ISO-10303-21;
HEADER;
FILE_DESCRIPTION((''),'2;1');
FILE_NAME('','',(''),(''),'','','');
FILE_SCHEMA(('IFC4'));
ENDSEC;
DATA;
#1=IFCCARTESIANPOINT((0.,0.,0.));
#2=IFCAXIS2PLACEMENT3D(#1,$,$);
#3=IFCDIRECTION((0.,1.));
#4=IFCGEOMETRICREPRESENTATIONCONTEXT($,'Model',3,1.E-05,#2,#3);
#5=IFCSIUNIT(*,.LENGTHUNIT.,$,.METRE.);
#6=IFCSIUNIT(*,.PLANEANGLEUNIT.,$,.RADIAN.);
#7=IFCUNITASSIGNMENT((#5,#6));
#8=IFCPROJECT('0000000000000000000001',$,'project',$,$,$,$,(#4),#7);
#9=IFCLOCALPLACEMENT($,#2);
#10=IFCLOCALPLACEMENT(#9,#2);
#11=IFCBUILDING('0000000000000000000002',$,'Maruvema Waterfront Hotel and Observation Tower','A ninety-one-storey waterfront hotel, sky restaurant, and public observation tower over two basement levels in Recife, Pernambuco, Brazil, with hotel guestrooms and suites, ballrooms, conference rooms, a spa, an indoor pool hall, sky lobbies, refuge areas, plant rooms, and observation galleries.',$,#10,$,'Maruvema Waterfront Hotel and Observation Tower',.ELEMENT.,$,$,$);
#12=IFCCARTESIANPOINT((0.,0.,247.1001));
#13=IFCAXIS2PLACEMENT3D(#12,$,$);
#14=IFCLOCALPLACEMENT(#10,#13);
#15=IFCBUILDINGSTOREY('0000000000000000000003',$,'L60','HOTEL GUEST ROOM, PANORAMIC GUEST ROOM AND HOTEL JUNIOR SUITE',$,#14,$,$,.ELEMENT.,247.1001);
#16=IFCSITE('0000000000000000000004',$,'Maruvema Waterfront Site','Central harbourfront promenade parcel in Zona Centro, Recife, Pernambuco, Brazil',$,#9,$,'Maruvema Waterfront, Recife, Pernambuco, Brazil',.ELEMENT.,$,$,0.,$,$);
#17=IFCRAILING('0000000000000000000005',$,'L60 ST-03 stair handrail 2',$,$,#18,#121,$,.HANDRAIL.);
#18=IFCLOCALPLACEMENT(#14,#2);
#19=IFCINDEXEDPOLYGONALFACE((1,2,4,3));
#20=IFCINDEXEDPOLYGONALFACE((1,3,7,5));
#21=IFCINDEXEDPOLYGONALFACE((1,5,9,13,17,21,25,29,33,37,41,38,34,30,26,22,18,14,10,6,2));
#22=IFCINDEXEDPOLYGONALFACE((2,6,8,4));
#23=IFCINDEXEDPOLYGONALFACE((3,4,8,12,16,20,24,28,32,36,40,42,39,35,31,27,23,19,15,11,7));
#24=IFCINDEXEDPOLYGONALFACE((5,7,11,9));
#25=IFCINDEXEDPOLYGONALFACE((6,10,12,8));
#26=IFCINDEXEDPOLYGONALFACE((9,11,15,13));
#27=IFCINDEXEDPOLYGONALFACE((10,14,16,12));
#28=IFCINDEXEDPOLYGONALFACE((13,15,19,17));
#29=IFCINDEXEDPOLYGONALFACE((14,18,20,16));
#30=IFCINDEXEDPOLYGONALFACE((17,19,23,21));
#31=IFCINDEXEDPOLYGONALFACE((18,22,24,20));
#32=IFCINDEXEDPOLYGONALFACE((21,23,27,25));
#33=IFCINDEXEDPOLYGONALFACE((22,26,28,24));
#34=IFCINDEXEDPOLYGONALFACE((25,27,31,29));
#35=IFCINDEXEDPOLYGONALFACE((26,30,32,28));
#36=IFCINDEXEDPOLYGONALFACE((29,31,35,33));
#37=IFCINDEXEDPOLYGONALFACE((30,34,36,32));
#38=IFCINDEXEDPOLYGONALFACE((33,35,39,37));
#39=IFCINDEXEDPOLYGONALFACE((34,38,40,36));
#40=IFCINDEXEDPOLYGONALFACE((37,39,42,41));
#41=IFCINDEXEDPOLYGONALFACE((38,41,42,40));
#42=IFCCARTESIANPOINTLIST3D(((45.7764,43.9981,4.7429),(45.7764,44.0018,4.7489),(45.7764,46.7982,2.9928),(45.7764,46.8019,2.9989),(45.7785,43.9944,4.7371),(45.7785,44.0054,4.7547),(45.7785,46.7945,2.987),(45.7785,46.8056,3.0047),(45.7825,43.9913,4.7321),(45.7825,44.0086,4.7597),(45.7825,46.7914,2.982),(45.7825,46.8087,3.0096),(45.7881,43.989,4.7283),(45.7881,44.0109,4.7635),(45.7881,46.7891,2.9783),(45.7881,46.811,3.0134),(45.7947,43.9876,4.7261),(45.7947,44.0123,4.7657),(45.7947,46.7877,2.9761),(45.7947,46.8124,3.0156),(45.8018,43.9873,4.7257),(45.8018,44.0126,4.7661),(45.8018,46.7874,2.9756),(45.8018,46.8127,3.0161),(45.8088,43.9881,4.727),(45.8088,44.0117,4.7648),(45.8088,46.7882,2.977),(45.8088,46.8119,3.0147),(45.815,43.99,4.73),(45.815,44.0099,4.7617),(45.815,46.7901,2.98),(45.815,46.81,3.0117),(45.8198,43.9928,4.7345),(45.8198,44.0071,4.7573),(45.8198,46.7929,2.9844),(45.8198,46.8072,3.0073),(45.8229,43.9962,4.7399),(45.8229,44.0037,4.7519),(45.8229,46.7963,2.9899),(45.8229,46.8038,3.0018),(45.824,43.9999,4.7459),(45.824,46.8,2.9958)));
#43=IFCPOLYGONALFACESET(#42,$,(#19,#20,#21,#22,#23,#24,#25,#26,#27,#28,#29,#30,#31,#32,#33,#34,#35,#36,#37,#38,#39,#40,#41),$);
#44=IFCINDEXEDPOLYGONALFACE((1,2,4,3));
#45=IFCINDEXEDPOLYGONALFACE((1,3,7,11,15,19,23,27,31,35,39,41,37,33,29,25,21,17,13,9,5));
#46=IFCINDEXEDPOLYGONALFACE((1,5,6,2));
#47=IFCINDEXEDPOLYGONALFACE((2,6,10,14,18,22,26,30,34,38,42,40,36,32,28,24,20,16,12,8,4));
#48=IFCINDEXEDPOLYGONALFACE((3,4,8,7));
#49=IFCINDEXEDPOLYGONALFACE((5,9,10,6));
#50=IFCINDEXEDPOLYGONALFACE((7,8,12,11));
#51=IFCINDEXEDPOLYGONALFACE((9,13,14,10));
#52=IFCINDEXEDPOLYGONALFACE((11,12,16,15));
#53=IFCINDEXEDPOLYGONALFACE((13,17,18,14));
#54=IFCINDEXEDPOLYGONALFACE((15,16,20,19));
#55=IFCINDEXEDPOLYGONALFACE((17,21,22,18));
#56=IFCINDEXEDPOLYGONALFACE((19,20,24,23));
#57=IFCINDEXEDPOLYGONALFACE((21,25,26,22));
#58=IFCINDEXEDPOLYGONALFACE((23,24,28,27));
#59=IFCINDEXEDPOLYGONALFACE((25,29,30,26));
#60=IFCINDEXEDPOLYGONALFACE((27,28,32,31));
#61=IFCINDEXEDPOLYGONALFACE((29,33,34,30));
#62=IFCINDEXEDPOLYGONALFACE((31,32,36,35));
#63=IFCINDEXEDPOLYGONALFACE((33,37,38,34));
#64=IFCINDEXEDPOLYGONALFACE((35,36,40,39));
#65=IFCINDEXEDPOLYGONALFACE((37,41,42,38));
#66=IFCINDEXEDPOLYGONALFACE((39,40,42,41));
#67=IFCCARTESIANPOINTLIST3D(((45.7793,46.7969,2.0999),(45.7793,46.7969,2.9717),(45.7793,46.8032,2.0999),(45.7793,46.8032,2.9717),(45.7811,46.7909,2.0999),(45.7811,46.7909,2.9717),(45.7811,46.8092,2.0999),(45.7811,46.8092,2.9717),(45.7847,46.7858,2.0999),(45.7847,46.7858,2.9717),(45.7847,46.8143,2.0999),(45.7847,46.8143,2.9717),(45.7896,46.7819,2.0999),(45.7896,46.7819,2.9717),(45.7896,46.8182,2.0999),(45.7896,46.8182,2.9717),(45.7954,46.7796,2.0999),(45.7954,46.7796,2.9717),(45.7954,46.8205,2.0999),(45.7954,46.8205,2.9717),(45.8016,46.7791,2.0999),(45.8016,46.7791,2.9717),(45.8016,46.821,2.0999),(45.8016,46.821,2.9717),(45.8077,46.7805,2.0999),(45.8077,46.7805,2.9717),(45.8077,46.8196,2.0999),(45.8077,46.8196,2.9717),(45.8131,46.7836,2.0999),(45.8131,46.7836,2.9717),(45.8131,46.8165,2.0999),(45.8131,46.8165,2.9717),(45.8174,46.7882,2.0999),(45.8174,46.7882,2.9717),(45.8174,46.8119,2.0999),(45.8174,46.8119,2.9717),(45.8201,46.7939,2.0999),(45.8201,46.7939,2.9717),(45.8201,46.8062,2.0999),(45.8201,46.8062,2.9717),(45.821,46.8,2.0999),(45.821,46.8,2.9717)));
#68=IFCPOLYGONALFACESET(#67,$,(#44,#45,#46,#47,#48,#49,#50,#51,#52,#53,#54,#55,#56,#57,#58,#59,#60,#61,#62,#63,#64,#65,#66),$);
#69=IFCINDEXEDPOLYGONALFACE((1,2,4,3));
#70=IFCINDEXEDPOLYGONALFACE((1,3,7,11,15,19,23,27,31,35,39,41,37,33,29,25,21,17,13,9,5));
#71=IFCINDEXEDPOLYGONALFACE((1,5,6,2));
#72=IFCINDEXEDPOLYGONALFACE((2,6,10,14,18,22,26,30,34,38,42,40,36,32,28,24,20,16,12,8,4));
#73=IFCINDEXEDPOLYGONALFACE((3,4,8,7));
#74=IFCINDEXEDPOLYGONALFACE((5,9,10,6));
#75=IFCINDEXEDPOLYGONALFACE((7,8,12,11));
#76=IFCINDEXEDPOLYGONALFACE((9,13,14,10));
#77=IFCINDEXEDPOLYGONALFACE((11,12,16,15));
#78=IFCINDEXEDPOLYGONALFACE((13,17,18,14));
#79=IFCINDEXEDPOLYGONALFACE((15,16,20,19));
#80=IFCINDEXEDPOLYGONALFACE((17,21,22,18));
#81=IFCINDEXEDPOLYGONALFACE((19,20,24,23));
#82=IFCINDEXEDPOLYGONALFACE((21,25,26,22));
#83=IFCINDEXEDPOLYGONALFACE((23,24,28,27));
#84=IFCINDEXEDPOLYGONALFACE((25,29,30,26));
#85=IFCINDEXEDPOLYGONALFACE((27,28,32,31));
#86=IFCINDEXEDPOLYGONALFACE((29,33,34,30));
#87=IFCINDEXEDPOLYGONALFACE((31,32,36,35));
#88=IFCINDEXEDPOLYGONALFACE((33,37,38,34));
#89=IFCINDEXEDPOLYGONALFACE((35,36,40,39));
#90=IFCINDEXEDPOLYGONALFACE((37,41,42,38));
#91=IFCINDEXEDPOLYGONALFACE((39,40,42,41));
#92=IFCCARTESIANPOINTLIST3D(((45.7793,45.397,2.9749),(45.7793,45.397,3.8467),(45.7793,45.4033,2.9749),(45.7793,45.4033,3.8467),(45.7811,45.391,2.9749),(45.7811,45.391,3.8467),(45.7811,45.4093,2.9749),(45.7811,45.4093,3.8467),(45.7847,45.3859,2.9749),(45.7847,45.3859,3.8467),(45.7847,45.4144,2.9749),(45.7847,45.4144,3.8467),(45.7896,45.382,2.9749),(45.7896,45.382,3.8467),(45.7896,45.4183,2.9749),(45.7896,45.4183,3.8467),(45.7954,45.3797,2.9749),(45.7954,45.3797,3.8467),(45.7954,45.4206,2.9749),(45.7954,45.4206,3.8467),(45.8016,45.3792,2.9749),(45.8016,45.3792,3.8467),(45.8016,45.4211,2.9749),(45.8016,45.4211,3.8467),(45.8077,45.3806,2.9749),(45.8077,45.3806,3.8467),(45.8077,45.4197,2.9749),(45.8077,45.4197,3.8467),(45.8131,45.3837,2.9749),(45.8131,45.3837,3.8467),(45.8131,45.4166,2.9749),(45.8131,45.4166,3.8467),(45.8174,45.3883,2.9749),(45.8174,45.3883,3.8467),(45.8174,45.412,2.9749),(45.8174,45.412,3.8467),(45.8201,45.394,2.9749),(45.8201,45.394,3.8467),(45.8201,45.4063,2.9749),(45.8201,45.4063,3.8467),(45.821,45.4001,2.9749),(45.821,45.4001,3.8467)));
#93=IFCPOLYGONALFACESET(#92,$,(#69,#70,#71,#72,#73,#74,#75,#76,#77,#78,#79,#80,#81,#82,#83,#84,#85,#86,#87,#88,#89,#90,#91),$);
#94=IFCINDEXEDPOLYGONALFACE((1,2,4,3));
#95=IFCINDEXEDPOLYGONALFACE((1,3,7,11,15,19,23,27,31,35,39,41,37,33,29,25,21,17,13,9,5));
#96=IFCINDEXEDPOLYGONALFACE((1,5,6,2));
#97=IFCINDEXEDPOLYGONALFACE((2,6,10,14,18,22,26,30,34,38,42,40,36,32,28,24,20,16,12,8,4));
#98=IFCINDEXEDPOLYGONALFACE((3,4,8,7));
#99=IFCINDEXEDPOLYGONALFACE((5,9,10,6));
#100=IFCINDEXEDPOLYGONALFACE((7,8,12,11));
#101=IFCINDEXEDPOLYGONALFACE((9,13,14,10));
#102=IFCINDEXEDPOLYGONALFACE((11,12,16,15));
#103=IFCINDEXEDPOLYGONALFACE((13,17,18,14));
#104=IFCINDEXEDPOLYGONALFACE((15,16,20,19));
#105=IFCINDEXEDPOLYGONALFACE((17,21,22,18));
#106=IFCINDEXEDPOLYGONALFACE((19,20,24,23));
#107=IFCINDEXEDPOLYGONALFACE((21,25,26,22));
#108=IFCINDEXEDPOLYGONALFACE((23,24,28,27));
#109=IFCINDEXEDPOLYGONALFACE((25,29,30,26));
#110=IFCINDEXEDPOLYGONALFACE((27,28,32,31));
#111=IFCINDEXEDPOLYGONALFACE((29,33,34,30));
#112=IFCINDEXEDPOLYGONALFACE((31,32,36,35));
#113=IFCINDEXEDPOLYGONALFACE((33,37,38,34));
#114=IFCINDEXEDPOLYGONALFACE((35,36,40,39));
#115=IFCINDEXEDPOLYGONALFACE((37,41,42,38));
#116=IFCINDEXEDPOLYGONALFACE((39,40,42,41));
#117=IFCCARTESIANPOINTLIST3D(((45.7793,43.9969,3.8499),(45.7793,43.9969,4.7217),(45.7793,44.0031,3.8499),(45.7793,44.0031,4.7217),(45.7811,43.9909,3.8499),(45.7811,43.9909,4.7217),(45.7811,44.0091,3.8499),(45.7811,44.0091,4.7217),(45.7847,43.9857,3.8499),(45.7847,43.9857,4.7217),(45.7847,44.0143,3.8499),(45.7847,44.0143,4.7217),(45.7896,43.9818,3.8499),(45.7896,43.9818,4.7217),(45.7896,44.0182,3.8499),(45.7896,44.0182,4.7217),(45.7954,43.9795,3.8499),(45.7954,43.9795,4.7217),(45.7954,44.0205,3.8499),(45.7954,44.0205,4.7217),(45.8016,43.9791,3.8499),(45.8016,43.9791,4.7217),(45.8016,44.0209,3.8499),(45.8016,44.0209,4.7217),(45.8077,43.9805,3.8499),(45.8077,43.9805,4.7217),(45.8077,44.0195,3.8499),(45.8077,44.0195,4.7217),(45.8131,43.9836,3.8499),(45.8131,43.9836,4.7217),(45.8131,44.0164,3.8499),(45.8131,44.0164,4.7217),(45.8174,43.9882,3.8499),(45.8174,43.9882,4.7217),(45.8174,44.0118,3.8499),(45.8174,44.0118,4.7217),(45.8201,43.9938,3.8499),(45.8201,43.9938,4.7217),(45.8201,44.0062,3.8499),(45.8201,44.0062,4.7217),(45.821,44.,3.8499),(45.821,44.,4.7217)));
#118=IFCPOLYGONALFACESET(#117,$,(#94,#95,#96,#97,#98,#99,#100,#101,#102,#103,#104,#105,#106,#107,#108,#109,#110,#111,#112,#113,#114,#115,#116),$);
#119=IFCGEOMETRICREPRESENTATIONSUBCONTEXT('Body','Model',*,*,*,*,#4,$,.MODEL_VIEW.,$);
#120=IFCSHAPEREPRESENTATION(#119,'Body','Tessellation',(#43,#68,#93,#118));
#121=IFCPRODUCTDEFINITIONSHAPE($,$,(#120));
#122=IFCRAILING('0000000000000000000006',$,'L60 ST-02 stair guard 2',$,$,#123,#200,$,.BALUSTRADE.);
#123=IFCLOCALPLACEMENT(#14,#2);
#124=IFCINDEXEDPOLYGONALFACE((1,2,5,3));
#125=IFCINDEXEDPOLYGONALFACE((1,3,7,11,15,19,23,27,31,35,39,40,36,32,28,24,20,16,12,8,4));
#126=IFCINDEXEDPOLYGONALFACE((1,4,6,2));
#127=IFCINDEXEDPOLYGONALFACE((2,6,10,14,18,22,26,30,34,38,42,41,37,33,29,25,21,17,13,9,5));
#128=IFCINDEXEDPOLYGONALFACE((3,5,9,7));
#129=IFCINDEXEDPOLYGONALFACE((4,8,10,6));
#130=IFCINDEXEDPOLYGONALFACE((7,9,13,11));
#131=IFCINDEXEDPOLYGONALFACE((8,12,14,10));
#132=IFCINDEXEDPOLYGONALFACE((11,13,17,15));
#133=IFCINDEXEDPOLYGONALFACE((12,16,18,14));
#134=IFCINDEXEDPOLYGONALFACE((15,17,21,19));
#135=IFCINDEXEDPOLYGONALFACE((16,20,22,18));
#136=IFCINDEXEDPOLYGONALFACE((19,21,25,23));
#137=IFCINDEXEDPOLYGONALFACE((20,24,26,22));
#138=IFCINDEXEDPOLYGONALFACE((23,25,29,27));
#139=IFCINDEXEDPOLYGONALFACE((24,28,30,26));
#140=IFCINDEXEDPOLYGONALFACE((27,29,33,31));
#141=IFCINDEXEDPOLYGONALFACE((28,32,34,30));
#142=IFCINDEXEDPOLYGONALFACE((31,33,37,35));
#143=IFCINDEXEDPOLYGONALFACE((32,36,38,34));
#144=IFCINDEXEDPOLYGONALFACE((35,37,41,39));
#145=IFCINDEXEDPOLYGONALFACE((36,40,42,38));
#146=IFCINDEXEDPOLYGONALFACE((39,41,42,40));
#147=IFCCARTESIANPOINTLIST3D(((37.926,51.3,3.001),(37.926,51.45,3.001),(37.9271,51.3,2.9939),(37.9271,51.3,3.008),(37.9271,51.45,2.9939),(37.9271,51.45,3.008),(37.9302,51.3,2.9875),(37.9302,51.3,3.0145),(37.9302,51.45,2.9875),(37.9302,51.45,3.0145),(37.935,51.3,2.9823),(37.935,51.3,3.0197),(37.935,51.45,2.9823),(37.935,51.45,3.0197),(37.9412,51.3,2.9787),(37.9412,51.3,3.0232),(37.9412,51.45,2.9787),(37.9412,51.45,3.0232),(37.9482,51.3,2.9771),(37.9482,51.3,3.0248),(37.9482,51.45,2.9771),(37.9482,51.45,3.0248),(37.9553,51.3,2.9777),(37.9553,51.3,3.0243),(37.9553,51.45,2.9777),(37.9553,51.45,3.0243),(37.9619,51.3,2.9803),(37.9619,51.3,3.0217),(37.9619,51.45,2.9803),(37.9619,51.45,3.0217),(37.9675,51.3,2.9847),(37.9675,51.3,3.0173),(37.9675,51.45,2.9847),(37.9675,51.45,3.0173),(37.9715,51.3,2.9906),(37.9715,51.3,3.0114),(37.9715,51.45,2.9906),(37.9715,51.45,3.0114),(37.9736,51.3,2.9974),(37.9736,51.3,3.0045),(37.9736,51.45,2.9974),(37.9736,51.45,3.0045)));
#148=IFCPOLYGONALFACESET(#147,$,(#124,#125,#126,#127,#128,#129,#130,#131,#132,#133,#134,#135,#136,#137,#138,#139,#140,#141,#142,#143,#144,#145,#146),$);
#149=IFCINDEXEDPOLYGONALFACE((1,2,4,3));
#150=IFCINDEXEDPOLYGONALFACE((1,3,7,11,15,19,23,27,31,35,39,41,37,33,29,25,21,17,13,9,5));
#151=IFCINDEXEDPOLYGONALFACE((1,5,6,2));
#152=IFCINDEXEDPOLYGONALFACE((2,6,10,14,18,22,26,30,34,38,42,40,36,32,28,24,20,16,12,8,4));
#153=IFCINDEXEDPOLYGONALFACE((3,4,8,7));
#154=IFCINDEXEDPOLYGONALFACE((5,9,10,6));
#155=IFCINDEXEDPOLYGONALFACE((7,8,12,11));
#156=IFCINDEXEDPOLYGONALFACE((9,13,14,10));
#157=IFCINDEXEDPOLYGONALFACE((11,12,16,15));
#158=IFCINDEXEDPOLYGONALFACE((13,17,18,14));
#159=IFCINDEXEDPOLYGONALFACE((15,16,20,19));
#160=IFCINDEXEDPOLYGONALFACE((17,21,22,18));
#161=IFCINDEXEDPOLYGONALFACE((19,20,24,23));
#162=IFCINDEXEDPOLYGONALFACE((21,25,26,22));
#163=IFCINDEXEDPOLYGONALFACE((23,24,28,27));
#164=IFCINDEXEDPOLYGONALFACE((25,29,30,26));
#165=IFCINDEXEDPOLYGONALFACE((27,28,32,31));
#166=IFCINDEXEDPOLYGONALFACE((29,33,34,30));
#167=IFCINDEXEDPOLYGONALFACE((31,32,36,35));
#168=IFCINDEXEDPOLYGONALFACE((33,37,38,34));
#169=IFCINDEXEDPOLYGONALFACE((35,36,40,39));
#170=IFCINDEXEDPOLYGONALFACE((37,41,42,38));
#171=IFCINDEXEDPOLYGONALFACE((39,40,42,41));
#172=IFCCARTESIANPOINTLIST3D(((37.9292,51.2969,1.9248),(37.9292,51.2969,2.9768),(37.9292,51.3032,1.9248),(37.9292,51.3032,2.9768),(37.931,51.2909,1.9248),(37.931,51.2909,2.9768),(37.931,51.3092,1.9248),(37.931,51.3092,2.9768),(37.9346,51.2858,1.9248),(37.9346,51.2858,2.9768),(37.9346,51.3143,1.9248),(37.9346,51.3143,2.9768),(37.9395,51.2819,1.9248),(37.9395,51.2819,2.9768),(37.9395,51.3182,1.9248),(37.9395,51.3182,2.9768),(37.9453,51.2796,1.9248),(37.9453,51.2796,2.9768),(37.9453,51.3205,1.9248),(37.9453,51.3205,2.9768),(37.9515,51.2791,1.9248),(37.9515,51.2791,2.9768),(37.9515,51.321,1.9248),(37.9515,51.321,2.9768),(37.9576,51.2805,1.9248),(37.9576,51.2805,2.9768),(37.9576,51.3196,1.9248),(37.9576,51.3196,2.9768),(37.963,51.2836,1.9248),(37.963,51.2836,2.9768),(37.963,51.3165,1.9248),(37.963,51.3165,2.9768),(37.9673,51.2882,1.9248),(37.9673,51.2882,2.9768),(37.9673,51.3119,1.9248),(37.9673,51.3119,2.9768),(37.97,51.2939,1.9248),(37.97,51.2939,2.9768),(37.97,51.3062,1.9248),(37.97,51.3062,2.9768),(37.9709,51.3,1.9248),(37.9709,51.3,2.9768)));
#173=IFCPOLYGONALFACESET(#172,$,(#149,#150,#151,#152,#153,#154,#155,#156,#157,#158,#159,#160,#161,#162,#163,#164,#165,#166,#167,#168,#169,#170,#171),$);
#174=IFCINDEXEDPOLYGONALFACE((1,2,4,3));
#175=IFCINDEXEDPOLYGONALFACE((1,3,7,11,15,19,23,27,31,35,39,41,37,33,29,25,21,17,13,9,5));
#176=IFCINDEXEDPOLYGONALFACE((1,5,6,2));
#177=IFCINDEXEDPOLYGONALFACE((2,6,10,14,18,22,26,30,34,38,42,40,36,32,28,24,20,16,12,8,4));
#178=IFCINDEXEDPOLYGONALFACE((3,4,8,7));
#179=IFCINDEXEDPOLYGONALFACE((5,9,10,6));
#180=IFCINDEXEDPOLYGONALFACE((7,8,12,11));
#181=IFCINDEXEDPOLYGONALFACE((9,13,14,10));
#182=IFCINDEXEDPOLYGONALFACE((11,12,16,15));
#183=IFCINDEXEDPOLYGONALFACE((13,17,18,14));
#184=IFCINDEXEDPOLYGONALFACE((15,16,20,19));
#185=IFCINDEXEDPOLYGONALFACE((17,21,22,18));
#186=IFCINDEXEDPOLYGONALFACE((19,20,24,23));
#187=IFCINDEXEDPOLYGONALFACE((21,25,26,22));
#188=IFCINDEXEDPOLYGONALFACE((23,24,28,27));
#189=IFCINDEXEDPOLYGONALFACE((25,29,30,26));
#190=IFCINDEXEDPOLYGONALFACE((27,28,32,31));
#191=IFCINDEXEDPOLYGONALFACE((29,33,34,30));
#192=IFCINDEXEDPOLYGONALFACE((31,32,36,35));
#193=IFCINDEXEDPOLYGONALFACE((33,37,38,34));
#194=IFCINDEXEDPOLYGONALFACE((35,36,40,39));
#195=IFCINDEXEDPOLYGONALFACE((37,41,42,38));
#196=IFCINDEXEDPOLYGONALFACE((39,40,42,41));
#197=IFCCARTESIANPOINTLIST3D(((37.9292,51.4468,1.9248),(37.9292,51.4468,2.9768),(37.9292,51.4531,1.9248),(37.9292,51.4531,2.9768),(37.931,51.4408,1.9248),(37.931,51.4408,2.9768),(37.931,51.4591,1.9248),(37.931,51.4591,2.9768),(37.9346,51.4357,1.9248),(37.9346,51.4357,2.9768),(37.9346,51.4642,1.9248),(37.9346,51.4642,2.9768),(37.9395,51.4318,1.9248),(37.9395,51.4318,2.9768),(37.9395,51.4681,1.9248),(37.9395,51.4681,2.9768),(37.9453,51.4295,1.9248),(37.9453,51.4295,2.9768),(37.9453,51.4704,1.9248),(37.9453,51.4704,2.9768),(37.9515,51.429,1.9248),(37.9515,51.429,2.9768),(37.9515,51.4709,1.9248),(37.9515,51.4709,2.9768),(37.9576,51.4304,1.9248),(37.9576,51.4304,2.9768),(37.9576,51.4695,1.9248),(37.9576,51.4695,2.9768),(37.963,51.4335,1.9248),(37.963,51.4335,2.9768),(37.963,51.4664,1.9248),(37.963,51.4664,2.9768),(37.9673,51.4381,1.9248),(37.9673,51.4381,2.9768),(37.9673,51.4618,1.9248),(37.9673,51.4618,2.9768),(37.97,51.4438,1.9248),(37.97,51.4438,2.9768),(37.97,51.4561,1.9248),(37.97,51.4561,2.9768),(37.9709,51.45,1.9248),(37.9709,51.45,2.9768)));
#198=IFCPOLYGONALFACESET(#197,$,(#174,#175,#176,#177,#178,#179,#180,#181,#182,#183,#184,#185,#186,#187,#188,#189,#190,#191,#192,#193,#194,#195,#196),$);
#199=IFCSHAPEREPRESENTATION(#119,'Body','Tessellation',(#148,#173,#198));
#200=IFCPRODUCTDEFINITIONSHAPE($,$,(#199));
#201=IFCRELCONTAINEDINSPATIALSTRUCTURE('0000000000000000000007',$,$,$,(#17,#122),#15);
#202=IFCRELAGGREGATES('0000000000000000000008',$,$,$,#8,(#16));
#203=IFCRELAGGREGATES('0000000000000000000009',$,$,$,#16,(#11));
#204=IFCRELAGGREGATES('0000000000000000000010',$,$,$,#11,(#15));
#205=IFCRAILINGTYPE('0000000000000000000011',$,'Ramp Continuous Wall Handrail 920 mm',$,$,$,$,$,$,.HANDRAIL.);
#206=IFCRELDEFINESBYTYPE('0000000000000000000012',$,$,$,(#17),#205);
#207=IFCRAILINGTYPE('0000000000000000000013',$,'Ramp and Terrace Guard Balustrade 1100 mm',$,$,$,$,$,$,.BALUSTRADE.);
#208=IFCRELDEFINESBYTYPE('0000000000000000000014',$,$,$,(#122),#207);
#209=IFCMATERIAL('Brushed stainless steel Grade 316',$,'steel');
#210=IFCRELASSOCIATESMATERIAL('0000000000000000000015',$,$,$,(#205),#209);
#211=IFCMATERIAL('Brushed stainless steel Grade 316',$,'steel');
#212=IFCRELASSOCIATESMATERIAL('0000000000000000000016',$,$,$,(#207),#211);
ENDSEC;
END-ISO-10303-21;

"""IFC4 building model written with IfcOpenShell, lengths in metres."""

from ifc_helpers import new_model, si_unit, direction, frame, origin, origin_2d, place, context, subcontext, project, spatial, circle, extrude, material, type_object, element, save


model = new_model("IFC4")

# Units and contexts
model_context = context("Model", 3, precision=1e-05, world=origin(), true_north=direction((0.0, 1.0)))
body_context = subcontext(model_context, "Body", "Model", "MODEL_VIEW")
ifc_project = project(units=[si_unit("LENGTHUNIT", "METRE"), si_unit("PLANEANGLEUNIT", "RADIAN")], contexts=[model_context])

# Site, building, storey
site_placement = place(None, origin())
site = spatial("IfcSite", under=ifc_project, at=site_placement, Name="Maruvema Waterfront Site", Description="Central harbourfront promenade parcel in Zona Centro, Recife, Pernambuco, Brazil", LongName="Maruvema Waterfront, Recife, Pernambuco, Brazil", CompositionType="ELEMENT", RefElevation=0.0)
building_placement = place(site_placement, origin())
building = spatial("IfcBuilding", under=site, at=building_placement, Name="Maruvema Waterfront Hotel and Observation Tower", Description="A ninety-one-storey waterfront hotel, sky restaurant, and public observation tower over two basement levels in Recife, Pernambuco, Brazil, with hotel guestrooms and suites, ballrooms, conference rooms, a spa, an indoor pool hall, sky lobbies, refuge areas, plant rooms, and observation galleries.", LongName="Maruvema Waterfront Hotel and Observation Tower", CompositionType="ELEMENT")
storey_placement = place(building_placement, frame((0.0, 0.0, 247.1001)))
storey = spatial("IfcBuildingStorey", under=building, at=storey_placement, Name="L60", Description="HOTEL GUEST ROOM, PANORAMIC GUEST ROOM AND HOTEL JUNIOR SUITE", CompositionType="ELEMENT", Elevation=247.1001)

# Railings
ifc_material_1 = material(Name="Brushed stainless steel Grade 316", Category="steel")
railing_type_1 = type_object("IfcRailingType", Name="Ramp Continuous Wall Handrail 920 mm", PredefinedType="HANDRAIL", material=ifc_material_1)
railing_1_placement = place(storey_placement, frame((45.8, 46.8, 2.0999)))
element("IfcRailing", 1, at=railing_1_placement, inside=storey, type_object=railing_type_1, Name="L60 ST-03 stair handrail 2", PredefinedType="HANDRAIL", context=body_context, shape_type="SweptSolid", body=[
    extrude(circle(Radius=0.0239, at=origin_2d()), frame((0.0, 0.0, 0.896), z_axis=(0.0, -0.848002, 0.529992), x_axis=(1.0, 0.0, 0.0)), (0.0, 0.0, 1.0), 3.302),
    extrude(circle(Radius=0.021, at=origin_2d()), origin(), (0.0, 0.0, 1.0), 0.8718),
    extrude(circle(Radius=0.021, at=origin_2d()), frame((0.0, -1.3999, 0.875)), (0.0, 0.0, 1.0), 0.8718),
    extrude(circle(Radius=0.021, at=origin_2d()), frame((0.0, -2.8, 1.75)), (0.0, 0.0, 1.0), 0.8718),
])
ifc_material_2 = material(Name="Brushed stainless steel Grade 316", Category="steel")
railing_type_2 = type_object("IfcRailingType", Name="Ramp and Terrace Guard Balustrade 1100 mm", PredefinedType="BALUSTRADE", material=ifc_material_2)
railing_2_placement = place(storey_placement, frame((37.95, 51.3, 1.9248)))
element("IfcRailing", 2, at=railing_2_placement, inside=storey, type_object=railing_type_2, Name="L60 ST-02 stair guard 2", PredefinedType="BALUSTRADE", context=body_context, shape_type="SweptSolid", body=[
    extrude(circle(Radius=0.0239, at=origin_2d()), frame((0.0, 0.0, 1.0762), z_axis=(0.0, 1.0, 0.0), x_axis=(-1.0, 0.0, 0.0)), (0.0, 0.0, 1.0), 0.1499),
    extrude(circle(Radius=0.021, at=origin_2d()), origin(), (0.0, 0.0, 1.0), 1.052),
    extrude(circle(Radius=0.021, at=origin_2d()), frame((0.0, 0.1499, 0.0)), (0.0, 0.0, 1.0), 1.052),
])

save(model, "model.ifc")
